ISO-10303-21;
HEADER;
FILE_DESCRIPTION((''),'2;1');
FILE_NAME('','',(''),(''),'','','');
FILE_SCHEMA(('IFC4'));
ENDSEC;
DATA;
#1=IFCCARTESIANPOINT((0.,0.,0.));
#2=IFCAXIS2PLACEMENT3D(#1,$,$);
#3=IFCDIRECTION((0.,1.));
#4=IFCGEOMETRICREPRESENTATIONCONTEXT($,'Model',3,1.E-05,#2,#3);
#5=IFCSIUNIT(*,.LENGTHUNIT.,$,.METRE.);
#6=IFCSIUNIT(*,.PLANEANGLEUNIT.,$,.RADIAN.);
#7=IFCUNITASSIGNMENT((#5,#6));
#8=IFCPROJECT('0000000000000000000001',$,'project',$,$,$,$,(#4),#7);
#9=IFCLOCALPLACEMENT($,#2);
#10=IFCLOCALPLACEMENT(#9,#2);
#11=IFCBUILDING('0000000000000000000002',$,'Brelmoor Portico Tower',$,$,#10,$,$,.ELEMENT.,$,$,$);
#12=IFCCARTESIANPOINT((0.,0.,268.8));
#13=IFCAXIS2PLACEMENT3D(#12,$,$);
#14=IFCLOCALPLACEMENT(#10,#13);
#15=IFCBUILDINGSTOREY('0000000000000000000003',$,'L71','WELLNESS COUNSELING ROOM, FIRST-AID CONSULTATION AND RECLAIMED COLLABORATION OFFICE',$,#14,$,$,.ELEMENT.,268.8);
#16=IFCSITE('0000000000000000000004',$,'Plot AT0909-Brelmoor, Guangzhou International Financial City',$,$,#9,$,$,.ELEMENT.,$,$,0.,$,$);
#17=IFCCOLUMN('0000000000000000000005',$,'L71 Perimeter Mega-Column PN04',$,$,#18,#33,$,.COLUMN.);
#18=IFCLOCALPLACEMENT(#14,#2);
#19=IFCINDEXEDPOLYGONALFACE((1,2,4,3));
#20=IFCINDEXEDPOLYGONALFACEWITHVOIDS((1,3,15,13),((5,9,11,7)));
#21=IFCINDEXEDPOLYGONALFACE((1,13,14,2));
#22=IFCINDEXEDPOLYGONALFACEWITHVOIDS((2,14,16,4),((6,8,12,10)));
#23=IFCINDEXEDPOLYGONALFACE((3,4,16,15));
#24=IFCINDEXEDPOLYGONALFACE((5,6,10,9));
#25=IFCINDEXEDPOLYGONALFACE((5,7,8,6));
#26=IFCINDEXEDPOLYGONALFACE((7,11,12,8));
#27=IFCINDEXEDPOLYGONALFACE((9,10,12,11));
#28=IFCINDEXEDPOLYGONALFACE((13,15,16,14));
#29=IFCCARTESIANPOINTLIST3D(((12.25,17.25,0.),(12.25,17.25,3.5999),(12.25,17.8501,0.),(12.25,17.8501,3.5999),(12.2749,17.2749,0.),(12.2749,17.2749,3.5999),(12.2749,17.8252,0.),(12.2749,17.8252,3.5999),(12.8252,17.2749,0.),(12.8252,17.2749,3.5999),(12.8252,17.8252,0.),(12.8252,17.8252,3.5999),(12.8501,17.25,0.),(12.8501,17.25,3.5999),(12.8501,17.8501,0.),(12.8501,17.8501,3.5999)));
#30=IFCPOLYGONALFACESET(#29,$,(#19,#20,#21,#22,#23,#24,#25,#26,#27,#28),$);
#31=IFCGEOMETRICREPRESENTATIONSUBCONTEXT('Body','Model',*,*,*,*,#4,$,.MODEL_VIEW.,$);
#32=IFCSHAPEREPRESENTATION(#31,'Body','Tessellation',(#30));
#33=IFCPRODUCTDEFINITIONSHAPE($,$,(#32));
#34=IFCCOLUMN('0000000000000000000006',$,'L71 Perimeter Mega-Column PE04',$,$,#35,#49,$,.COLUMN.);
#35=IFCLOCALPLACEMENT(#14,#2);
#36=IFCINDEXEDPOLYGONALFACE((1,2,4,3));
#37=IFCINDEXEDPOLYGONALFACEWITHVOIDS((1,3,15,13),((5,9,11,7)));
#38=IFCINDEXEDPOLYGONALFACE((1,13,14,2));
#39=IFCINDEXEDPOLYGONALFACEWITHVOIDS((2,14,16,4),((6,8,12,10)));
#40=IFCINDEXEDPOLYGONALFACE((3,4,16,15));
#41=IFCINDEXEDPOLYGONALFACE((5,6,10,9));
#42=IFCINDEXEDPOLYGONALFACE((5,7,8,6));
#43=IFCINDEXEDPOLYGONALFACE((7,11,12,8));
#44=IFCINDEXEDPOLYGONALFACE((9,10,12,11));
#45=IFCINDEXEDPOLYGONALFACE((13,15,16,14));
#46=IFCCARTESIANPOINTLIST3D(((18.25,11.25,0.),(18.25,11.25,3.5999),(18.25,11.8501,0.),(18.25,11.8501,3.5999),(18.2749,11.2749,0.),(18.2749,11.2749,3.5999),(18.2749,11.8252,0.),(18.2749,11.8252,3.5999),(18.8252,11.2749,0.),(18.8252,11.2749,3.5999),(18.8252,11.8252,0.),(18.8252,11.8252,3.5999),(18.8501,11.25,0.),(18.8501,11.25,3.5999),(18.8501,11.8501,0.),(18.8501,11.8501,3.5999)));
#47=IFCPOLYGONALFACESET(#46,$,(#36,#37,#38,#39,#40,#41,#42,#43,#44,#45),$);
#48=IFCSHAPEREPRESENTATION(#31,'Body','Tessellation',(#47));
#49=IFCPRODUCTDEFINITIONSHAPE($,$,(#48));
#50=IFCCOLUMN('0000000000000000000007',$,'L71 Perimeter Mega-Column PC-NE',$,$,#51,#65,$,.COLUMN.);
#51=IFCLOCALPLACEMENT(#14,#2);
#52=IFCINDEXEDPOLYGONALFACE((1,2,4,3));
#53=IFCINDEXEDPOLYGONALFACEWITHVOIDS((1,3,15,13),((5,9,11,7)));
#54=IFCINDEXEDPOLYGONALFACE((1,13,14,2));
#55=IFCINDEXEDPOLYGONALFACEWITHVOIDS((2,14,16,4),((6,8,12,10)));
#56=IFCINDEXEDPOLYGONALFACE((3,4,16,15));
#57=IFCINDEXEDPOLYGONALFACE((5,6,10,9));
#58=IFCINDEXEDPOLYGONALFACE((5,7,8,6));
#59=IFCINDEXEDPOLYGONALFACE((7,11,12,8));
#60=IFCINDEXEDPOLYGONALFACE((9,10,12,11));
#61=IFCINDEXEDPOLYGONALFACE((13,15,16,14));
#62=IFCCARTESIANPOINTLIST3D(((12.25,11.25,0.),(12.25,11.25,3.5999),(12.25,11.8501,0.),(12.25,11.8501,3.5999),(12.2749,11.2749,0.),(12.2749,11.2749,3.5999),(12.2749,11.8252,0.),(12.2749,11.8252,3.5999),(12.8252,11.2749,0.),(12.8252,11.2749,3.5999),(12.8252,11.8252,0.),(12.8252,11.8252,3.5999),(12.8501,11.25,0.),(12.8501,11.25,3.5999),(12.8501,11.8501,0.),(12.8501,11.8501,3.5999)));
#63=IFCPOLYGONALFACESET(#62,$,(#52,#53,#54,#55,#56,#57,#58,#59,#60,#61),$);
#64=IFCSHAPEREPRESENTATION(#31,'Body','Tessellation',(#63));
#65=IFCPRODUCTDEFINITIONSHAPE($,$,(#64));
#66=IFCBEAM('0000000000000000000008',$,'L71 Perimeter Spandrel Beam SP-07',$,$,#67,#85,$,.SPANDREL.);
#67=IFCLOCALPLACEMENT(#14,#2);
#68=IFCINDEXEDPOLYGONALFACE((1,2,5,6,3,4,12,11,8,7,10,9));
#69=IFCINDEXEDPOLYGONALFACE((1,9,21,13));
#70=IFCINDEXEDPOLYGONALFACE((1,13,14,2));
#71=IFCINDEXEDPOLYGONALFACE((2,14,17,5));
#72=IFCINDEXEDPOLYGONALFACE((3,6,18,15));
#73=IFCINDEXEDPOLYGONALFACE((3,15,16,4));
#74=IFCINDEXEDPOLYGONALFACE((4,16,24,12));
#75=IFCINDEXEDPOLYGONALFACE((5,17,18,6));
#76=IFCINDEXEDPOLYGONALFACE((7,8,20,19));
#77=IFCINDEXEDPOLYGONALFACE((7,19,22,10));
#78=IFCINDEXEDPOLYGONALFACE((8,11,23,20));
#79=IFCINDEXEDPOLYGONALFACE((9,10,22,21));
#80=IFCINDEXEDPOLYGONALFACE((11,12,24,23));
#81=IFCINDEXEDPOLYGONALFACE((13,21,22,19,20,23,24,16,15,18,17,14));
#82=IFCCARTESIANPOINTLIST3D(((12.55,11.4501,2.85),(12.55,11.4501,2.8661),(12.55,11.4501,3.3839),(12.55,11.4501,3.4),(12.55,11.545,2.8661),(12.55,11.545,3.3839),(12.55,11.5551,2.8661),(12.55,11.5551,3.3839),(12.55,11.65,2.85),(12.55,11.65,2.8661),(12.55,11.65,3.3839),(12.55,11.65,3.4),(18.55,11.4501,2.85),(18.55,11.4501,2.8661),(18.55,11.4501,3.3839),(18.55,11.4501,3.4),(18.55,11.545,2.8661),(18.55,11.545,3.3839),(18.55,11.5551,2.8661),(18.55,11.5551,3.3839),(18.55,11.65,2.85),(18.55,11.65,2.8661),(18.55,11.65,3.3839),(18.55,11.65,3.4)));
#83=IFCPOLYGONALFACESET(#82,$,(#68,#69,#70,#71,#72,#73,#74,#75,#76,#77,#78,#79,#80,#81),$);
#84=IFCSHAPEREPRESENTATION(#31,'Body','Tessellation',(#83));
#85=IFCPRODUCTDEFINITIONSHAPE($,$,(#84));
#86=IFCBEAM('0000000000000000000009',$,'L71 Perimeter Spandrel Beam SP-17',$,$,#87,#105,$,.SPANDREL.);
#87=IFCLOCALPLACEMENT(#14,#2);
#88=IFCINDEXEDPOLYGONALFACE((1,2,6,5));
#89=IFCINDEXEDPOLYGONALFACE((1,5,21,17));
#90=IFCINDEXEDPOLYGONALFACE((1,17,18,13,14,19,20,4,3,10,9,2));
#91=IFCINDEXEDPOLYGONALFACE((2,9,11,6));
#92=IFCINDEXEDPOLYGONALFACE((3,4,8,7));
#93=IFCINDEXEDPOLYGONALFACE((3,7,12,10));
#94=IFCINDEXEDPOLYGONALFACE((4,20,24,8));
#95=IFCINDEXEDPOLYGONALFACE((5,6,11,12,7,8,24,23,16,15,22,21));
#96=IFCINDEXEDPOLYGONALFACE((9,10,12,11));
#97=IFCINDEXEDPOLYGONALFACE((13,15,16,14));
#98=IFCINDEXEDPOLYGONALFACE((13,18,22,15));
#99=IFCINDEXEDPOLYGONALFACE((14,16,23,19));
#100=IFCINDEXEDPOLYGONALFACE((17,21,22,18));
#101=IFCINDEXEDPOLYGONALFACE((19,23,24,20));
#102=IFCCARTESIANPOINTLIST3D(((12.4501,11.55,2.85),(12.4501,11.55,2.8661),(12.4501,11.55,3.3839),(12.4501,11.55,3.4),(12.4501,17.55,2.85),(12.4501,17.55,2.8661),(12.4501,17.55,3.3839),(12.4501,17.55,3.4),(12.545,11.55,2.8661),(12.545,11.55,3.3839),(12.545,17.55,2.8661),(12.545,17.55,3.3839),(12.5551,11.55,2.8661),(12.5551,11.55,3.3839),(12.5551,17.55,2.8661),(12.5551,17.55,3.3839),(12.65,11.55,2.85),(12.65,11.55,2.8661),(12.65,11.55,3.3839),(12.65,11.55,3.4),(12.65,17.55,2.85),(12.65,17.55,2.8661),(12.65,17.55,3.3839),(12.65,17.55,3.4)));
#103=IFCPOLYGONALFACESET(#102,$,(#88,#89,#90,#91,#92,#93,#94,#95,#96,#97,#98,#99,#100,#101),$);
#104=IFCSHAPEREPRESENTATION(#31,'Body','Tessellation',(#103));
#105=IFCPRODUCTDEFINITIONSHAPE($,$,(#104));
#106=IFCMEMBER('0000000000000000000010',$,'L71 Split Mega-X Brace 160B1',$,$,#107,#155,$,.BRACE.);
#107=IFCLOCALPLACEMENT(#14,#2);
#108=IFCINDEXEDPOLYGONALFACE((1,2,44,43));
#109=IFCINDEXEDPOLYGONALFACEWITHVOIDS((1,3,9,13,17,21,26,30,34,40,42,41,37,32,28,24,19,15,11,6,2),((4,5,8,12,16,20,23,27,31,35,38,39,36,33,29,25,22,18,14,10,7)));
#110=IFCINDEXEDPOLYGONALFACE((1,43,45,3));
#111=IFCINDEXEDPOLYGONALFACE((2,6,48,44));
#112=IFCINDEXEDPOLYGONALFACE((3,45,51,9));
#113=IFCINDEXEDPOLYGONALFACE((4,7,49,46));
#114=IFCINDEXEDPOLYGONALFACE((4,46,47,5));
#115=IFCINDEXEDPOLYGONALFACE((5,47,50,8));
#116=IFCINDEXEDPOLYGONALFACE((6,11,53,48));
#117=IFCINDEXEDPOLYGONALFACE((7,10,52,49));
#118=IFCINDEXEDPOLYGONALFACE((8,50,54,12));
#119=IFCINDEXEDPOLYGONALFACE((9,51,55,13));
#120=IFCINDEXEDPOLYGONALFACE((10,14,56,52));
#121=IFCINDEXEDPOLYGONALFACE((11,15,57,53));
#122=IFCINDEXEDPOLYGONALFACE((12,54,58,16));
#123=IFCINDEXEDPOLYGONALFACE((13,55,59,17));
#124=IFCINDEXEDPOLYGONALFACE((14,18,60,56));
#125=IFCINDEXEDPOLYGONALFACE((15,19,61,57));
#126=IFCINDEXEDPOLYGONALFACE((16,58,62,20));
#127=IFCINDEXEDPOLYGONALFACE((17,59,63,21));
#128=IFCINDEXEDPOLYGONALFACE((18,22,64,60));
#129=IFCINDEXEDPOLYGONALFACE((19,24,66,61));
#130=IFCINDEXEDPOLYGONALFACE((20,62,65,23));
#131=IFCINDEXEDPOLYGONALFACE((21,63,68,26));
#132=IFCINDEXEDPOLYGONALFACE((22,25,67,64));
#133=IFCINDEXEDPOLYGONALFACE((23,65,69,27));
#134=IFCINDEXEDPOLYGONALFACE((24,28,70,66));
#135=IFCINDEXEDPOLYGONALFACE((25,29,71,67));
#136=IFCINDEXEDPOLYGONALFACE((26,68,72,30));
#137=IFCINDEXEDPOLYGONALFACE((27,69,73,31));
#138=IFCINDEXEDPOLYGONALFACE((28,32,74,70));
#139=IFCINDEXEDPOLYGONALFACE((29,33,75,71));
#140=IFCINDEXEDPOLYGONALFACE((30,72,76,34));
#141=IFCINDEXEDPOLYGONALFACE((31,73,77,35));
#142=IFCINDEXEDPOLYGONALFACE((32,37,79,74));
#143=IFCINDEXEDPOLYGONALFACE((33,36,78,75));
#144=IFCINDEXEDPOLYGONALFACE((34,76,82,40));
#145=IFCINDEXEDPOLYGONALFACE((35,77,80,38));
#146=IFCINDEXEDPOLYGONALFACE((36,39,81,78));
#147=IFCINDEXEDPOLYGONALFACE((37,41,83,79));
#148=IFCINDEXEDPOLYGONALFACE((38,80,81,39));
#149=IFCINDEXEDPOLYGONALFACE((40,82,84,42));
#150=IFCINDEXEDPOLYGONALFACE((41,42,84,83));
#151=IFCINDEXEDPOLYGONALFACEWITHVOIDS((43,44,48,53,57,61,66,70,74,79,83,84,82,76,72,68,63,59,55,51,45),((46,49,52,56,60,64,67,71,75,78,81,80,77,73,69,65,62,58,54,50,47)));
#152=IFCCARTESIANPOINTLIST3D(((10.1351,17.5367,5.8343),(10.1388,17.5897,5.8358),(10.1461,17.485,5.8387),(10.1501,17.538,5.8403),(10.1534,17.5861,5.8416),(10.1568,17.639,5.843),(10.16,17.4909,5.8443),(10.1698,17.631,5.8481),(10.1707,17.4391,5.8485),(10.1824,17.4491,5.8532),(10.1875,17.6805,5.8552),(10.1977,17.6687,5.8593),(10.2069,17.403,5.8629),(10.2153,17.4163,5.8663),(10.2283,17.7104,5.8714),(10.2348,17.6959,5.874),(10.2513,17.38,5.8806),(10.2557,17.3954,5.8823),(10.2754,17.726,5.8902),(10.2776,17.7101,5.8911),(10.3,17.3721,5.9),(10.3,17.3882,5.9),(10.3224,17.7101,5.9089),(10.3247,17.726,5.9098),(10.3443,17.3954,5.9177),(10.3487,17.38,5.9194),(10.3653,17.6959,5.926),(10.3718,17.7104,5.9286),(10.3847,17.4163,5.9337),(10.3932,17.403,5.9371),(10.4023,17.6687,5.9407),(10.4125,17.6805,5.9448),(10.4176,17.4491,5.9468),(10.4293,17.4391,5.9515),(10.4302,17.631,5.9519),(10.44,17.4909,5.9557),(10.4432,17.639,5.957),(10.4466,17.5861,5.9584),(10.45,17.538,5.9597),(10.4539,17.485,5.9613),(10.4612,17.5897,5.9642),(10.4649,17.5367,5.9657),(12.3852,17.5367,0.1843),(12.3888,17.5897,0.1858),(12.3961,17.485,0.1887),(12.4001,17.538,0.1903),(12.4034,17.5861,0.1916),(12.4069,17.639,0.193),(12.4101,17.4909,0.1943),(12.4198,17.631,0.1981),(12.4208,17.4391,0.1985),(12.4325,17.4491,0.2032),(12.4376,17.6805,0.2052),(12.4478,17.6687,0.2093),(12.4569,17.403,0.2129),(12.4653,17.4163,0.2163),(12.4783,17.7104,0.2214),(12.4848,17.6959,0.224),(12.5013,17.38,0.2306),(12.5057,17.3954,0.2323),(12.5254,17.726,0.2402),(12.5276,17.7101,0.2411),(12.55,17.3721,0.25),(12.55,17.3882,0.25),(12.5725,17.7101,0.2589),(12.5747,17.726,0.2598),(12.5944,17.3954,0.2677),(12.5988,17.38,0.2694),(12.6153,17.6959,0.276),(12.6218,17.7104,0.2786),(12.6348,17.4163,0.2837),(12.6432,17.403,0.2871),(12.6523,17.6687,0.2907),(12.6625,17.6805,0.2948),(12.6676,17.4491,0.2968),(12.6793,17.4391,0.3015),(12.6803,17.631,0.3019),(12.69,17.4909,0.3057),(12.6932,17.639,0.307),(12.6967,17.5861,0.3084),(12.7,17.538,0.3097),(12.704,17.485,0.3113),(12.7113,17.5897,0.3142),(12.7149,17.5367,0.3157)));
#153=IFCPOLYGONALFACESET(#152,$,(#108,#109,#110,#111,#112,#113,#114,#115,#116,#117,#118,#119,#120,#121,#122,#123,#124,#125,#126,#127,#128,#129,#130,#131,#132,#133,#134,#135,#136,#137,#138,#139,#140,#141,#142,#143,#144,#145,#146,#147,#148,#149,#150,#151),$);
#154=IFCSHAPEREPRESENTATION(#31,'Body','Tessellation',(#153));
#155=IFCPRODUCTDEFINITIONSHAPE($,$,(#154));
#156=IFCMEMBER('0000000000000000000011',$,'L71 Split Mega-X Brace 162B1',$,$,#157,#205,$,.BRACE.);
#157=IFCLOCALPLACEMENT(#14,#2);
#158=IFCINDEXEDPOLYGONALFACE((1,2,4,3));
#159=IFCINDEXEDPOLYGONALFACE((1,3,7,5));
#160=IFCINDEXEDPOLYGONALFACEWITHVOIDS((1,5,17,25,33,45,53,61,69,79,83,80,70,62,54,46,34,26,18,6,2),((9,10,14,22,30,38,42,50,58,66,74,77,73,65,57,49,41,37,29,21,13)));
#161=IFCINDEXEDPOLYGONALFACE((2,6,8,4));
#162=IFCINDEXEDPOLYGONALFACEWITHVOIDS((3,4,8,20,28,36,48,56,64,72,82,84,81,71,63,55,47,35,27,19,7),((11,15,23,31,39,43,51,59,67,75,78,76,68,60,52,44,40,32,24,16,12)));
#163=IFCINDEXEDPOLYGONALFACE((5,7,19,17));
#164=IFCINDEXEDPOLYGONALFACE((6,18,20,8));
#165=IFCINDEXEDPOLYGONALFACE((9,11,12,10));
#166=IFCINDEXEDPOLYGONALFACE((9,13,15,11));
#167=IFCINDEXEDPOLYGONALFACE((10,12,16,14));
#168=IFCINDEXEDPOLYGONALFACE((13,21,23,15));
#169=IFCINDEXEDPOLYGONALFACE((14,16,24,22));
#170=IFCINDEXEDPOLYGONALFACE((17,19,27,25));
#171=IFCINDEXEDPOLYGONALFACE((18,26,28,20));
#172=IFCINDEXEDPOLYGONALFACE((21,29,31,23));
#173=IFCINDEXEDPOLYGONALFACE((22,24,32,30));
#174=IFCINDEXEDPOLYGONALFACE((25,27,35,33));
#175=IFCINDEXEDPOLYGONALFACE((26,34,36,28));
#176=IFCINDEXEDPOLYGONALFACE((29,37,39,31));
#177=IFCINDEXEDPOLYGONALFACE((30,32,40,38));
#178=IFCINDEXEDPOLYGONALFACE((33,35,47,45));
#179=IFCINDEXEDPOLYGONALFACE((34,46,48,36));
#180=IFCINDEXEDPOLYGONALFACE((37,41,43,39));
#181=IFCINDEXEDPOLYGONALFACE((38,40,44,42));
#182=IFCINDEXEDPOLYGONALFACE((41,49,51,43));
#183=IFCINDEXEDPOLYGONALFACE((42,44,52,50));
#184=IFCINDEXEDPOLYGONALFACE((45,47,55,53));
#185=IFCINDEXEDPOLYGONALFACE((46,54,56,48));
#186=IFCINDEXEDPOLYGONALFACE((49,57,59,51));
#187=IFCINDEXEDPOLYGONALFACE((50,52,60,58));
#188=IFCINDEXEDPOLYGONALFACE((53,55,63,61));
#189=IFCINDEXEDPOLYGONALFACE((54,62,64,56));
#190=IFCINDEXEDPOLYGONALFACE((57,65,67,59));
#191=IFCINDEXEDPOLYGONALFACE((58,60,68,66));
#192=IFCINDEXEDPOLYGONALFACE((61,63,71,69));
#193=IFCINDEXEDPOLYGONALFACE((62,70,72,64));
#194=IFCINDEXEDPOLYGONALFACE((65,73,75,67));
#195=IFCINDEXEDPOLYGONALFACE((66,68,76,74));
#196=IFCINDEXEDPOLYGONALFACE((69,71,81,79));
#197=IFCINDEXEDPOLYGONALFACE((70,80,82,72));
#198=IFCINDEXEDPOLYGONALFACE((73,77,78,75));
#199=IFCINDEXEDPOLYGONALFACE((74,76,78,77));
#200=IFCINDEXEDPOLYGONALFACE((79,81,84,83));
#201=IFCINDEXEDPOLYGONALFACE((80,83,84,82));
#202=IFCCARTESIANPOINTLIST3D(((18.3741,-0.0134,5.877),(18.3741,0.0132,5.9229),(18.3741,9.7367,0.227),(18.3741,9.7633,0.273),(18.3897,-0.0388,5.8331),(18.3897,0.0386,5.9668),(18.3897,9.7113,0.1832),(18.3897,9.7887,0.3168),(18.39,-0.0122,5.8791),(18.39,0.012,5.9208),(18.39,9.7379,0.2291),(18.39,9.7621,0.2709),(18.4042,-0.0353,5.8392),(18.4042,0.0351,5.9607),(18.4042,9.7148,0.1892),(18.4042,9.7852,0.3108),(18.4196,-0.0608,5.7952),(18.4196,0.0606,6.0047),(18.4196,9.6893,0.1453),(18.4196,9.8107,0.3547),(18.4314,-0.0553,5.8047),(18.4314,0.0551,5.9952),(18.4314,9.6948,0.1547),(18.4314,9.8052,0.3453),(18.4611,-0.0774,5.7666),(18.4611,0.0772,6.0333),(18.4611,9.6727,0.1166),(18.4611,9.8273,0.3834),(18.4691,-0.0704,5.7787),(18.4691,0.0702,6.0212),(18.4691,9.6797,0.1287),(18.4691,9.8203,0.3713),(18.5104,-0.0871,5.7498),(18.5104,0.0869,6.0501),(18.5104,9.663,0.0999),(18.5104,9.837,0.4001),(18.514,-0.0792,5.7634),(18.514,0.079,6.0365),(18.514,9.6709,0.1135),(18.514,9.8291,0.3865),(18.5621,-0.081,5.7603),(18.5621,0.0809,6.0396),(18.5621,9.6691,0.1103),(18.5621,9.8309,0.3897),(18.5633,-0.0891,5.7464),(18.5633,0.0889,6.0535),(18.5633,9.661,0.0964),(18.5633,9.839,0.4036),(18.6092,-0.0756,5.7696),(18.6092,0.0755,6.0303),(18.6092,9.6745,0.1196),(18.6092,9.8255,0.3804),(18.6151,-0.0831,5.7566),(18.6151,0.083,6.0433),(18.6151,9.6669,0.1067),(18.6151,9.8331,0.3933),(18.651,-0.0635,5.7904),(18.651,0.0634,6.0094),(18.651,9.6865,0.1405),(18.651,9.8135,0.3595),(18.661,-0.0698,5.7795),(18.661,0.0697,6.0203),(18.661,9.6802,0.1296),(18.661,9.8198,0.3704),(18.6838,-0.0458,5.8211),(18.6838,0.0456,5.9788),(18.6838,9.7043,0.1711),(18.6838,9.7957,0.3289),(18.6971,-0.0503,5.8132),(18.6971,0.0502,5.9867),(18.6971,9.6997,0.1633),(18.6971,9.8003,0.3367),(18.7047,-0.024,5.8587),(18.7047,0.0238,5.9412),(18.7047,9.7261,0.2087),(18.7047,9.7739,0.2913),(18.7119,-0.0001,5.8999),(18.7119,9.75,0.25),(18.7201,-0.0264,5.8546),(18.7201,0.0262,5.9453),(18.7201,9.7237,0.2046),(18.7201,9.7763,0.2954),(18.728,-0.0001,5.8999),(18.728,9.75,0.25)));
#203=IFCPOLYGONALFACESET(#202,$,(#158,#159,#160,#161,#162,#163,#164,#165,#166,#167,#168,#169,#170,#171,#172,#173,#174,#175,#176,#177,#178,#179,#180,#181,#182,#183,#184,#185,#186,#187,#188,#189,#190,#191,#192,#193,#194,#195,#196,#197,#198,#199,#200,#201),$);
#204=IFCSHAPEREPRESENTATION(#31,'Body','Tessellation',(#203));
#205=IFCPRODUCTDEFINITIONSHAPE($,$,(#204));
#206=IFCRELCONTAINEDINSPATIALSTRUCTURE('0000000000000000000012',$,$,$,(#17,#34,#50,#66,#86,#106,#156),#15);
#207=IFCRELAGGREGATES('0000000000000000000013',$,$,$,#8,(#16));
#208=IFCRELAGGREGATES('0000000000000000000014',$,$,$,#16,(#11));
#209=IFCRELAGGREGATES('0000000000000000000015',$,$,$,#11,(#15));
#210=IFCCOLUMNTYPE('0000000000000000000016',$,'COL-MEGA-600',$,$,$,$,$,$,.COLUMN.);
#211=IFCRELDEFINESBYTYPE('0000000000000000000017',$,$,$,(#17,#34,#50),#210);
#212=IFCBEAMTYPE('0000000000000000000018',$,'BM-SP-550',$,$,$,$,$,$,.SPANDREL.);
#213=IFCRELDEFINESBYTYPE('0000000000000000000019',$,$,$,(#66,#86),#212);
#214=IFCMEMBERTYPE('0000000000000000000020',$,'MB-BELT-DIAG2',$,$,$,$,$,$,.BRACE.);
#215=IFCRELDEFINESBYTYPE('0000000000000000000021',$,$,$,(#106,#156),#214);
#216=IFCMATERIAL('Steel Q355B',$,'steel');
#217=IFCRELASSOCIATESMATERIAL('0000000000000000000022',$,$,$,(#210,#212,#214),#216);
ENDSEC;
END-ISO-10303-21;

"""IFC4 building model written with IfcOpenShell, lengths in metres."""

from ifc_helpers import new_model, si_unit, direction, frame, origin, origin_2d, place, context, subcontext, project, spatial, hollow_rectangle, hollow_circle, i_section, extrude, material, material_profile, profile_set, type_object, element, save


model = new_model("IFC4")

# Units and contexts
model_context = context("Model", 3, precision=1e-05, world=origin(), true_north=direction((0.0, 1.0)))
body_context = subcontext(model_context, "Body", "Model", "MODEL_VIEW")
ifc_project = project(units=[si_unit("LENGTHUNIT", "METRE"), si_unit("PLANEANGLEUNIT", "RADIAN")], contexts=[model_context])

# Site, building, storey
site_placement = place(None, origin())
site = spatial("IfcSite", under=ifc_project, at=site_placement, Name="Plot AT0909-Brelmoor, Guangzhou International Financial City", CompositionType="ELEMENT", RefElevation=0.0)
building_placement = place(site_placement, origin())
building = spatial("IfcBuilding", under=site, at=building_placement, Name="Brelmoor Portico Tower", CompositionType="ELEMENT")
storey_placement = place(building_placement, frame((0.0, 0.0, 268.8)))
storey = spatial("IfcBuildingStorey", under=building, at=storey_placement, Name="L71", Description="WELLNESS COUNSELING ROOM, FIRST-AID CONSULTATION AND RECLAIMED COLLABORATION OFFICE", CompositionType="ELEMENT", Elevation=268.8)

# Columns
ifc_material_1 = material(Name="Steel Q355B", Category="steel")
ifc_material_profile_1 = material_profile(ifc_material_1, hollow_rectangle(XDim=0.6001, YDim=0.6001, WallThickness=0.0249, at=origin_2d()), Name="BOX 600x600x25")
ifc_profile_set_1 = profile_set([ifc_material_profile_1], Name="Steel Q355B")
column_type = type_object("IfcColumnType", Name="COL-MEGA-600", PredefinedType="COLUMN", material=ifc_profile_set_1)
for number, where, z_axis, x_axis, name in (
    (1, (12.55, 17.55, 0.0), (0.0, 0.0, 1.0), (1.0, 0.0, 0.0), "L71 Perimeter Mega-Column PN04"),
    (2, (18.55, 11.55, 0.0), (0.0, 0.0, 1.0), (0.0, 1.0, 0.0), "L71 Perimeter Mega-Column PE04"),
    (3, (12.55, 11.55, 0.0), (0.0, 0.0, 1.0), (1.0, 0.0, 0.0), "L71 Perimeter Mega-Column PC-NE"),
):
    element("IfcColumn", number, at=place(storey_placement, frame(where, z_axis=z_axis, x_axis=x_axis)), inside=storey, type_object=column_type, Name=name, PredefinedType="COLUMN", context=body_context, shape_type="SweptSolid", body=[
        extrude(hollow_rectangle(XDim=0.6001, YDim=0.6001, WallThickness=0.0249, at=origin_2d()), origin(), (0.0, 0.0, 1.0), 3.5999),
    ])

# Beams
ifc_material_profile_2 = material_profile(ifc_material_1, i_section(OverallWidth=0.2, OverallDepth=0.55, WebThickness=0.01, FlangeThickness=0.0161, at=origin_2d()), Name="HN 550x200x10x16")
ifc_profile_set_2 = profile_set([ifc_material_profile_2], Name="Steel Q355B")
beam_type = type_object("IfcBeamType", Name="BM-SP-550", PredefinedType="SPANDREL", material=ifc_profile_set_2)
for number, where, z_axis, x_axis, name in (
    (4, (12.55, 11.55, 3.125), (1.0, 0.0, 0.0), (0.0, 1.0, 0.0), "L71 Perimeter Spandrel Beam SP-07"),
    (5, (12.55, 11.55, 3.125), (0.0, 1.0, 0.0), (-1.0, 0.0, 0.0), "L71 Perimeter Spandrel Beam SP-17"),
):
    element("IfcBeam", number, at=place(storey_placement, frame(where, z_axis=z_axis, x_axis=x_axis)), inside=storey, type_object=beam_type, Name=name, PredefinedType="SPANDREL", context=body_context, shape_type="SweptSolid", body=[
        extrude(i_section(OverallWidth=0.2, OverallDepth=0.55, WebThickness=0.01, FlangeThickness=0.0161, at=origin_2d()), origin(), (0.0, 0.0, 1.0), 6.0),
    ])

# Members
ifc_material_profile_3 = material_profile(ifc_material_1, hollow_circle(Radius=0.178, WallThickness=0.0161, at=origin_2d()), Name="CHS 356x16")
ifc_profile_set_3 = profile_set([ifc_material_profile_3], Name="Steel Q355B")
member_type_1 = type_object("IfcMemberType", Name="MB-BELT-DIAG2", PredefinedType="BRACE", material=ifc_profile_set_3)
member_1_placement = place(storey_placement, frame((12.55, 17.55, 0.25), z_axis=(-0.369978, 0.0, 0.92904), x_axis=(0.0, -1.0, 0.0)))
element("IfcMember", 6, at=member_1_placement, inside=storey, type_object=member_type_1, Name="L71 Split Mega-X Brace 160B1", PredefinedType="BRACE", context=body_context, shape_type="SweptSolid", body=[
    extrude(hollow_circle(Radius=0.178, WallThickness=0.0161, at=origin_2d()), origin(), (0.0, 0.0, 1.0), 6.0815),
])
member_2_placement = place(storey_placement, frame((18.55, 9.75, 0.25), z_axis=(0.0, -0.865227, 0.50138), x_axis=(1.0, 0.0, 0.0)))
element("IfcMember", 7, at=member_2_placement, inside=storey, type_object=member_type_1, Name="L71 Split Mega-X Brace 162B1", PredefinedType="BRACE", context=body_context, shape_type="SweptSolid", body=[
    extrude(hollow_circle(Radius=0.178, WallThickness=0.0161, at=origin_2d()), origin(), (0.0, 0.0, 1.0), 11.2688),
])

save(model, "model.ifc")
